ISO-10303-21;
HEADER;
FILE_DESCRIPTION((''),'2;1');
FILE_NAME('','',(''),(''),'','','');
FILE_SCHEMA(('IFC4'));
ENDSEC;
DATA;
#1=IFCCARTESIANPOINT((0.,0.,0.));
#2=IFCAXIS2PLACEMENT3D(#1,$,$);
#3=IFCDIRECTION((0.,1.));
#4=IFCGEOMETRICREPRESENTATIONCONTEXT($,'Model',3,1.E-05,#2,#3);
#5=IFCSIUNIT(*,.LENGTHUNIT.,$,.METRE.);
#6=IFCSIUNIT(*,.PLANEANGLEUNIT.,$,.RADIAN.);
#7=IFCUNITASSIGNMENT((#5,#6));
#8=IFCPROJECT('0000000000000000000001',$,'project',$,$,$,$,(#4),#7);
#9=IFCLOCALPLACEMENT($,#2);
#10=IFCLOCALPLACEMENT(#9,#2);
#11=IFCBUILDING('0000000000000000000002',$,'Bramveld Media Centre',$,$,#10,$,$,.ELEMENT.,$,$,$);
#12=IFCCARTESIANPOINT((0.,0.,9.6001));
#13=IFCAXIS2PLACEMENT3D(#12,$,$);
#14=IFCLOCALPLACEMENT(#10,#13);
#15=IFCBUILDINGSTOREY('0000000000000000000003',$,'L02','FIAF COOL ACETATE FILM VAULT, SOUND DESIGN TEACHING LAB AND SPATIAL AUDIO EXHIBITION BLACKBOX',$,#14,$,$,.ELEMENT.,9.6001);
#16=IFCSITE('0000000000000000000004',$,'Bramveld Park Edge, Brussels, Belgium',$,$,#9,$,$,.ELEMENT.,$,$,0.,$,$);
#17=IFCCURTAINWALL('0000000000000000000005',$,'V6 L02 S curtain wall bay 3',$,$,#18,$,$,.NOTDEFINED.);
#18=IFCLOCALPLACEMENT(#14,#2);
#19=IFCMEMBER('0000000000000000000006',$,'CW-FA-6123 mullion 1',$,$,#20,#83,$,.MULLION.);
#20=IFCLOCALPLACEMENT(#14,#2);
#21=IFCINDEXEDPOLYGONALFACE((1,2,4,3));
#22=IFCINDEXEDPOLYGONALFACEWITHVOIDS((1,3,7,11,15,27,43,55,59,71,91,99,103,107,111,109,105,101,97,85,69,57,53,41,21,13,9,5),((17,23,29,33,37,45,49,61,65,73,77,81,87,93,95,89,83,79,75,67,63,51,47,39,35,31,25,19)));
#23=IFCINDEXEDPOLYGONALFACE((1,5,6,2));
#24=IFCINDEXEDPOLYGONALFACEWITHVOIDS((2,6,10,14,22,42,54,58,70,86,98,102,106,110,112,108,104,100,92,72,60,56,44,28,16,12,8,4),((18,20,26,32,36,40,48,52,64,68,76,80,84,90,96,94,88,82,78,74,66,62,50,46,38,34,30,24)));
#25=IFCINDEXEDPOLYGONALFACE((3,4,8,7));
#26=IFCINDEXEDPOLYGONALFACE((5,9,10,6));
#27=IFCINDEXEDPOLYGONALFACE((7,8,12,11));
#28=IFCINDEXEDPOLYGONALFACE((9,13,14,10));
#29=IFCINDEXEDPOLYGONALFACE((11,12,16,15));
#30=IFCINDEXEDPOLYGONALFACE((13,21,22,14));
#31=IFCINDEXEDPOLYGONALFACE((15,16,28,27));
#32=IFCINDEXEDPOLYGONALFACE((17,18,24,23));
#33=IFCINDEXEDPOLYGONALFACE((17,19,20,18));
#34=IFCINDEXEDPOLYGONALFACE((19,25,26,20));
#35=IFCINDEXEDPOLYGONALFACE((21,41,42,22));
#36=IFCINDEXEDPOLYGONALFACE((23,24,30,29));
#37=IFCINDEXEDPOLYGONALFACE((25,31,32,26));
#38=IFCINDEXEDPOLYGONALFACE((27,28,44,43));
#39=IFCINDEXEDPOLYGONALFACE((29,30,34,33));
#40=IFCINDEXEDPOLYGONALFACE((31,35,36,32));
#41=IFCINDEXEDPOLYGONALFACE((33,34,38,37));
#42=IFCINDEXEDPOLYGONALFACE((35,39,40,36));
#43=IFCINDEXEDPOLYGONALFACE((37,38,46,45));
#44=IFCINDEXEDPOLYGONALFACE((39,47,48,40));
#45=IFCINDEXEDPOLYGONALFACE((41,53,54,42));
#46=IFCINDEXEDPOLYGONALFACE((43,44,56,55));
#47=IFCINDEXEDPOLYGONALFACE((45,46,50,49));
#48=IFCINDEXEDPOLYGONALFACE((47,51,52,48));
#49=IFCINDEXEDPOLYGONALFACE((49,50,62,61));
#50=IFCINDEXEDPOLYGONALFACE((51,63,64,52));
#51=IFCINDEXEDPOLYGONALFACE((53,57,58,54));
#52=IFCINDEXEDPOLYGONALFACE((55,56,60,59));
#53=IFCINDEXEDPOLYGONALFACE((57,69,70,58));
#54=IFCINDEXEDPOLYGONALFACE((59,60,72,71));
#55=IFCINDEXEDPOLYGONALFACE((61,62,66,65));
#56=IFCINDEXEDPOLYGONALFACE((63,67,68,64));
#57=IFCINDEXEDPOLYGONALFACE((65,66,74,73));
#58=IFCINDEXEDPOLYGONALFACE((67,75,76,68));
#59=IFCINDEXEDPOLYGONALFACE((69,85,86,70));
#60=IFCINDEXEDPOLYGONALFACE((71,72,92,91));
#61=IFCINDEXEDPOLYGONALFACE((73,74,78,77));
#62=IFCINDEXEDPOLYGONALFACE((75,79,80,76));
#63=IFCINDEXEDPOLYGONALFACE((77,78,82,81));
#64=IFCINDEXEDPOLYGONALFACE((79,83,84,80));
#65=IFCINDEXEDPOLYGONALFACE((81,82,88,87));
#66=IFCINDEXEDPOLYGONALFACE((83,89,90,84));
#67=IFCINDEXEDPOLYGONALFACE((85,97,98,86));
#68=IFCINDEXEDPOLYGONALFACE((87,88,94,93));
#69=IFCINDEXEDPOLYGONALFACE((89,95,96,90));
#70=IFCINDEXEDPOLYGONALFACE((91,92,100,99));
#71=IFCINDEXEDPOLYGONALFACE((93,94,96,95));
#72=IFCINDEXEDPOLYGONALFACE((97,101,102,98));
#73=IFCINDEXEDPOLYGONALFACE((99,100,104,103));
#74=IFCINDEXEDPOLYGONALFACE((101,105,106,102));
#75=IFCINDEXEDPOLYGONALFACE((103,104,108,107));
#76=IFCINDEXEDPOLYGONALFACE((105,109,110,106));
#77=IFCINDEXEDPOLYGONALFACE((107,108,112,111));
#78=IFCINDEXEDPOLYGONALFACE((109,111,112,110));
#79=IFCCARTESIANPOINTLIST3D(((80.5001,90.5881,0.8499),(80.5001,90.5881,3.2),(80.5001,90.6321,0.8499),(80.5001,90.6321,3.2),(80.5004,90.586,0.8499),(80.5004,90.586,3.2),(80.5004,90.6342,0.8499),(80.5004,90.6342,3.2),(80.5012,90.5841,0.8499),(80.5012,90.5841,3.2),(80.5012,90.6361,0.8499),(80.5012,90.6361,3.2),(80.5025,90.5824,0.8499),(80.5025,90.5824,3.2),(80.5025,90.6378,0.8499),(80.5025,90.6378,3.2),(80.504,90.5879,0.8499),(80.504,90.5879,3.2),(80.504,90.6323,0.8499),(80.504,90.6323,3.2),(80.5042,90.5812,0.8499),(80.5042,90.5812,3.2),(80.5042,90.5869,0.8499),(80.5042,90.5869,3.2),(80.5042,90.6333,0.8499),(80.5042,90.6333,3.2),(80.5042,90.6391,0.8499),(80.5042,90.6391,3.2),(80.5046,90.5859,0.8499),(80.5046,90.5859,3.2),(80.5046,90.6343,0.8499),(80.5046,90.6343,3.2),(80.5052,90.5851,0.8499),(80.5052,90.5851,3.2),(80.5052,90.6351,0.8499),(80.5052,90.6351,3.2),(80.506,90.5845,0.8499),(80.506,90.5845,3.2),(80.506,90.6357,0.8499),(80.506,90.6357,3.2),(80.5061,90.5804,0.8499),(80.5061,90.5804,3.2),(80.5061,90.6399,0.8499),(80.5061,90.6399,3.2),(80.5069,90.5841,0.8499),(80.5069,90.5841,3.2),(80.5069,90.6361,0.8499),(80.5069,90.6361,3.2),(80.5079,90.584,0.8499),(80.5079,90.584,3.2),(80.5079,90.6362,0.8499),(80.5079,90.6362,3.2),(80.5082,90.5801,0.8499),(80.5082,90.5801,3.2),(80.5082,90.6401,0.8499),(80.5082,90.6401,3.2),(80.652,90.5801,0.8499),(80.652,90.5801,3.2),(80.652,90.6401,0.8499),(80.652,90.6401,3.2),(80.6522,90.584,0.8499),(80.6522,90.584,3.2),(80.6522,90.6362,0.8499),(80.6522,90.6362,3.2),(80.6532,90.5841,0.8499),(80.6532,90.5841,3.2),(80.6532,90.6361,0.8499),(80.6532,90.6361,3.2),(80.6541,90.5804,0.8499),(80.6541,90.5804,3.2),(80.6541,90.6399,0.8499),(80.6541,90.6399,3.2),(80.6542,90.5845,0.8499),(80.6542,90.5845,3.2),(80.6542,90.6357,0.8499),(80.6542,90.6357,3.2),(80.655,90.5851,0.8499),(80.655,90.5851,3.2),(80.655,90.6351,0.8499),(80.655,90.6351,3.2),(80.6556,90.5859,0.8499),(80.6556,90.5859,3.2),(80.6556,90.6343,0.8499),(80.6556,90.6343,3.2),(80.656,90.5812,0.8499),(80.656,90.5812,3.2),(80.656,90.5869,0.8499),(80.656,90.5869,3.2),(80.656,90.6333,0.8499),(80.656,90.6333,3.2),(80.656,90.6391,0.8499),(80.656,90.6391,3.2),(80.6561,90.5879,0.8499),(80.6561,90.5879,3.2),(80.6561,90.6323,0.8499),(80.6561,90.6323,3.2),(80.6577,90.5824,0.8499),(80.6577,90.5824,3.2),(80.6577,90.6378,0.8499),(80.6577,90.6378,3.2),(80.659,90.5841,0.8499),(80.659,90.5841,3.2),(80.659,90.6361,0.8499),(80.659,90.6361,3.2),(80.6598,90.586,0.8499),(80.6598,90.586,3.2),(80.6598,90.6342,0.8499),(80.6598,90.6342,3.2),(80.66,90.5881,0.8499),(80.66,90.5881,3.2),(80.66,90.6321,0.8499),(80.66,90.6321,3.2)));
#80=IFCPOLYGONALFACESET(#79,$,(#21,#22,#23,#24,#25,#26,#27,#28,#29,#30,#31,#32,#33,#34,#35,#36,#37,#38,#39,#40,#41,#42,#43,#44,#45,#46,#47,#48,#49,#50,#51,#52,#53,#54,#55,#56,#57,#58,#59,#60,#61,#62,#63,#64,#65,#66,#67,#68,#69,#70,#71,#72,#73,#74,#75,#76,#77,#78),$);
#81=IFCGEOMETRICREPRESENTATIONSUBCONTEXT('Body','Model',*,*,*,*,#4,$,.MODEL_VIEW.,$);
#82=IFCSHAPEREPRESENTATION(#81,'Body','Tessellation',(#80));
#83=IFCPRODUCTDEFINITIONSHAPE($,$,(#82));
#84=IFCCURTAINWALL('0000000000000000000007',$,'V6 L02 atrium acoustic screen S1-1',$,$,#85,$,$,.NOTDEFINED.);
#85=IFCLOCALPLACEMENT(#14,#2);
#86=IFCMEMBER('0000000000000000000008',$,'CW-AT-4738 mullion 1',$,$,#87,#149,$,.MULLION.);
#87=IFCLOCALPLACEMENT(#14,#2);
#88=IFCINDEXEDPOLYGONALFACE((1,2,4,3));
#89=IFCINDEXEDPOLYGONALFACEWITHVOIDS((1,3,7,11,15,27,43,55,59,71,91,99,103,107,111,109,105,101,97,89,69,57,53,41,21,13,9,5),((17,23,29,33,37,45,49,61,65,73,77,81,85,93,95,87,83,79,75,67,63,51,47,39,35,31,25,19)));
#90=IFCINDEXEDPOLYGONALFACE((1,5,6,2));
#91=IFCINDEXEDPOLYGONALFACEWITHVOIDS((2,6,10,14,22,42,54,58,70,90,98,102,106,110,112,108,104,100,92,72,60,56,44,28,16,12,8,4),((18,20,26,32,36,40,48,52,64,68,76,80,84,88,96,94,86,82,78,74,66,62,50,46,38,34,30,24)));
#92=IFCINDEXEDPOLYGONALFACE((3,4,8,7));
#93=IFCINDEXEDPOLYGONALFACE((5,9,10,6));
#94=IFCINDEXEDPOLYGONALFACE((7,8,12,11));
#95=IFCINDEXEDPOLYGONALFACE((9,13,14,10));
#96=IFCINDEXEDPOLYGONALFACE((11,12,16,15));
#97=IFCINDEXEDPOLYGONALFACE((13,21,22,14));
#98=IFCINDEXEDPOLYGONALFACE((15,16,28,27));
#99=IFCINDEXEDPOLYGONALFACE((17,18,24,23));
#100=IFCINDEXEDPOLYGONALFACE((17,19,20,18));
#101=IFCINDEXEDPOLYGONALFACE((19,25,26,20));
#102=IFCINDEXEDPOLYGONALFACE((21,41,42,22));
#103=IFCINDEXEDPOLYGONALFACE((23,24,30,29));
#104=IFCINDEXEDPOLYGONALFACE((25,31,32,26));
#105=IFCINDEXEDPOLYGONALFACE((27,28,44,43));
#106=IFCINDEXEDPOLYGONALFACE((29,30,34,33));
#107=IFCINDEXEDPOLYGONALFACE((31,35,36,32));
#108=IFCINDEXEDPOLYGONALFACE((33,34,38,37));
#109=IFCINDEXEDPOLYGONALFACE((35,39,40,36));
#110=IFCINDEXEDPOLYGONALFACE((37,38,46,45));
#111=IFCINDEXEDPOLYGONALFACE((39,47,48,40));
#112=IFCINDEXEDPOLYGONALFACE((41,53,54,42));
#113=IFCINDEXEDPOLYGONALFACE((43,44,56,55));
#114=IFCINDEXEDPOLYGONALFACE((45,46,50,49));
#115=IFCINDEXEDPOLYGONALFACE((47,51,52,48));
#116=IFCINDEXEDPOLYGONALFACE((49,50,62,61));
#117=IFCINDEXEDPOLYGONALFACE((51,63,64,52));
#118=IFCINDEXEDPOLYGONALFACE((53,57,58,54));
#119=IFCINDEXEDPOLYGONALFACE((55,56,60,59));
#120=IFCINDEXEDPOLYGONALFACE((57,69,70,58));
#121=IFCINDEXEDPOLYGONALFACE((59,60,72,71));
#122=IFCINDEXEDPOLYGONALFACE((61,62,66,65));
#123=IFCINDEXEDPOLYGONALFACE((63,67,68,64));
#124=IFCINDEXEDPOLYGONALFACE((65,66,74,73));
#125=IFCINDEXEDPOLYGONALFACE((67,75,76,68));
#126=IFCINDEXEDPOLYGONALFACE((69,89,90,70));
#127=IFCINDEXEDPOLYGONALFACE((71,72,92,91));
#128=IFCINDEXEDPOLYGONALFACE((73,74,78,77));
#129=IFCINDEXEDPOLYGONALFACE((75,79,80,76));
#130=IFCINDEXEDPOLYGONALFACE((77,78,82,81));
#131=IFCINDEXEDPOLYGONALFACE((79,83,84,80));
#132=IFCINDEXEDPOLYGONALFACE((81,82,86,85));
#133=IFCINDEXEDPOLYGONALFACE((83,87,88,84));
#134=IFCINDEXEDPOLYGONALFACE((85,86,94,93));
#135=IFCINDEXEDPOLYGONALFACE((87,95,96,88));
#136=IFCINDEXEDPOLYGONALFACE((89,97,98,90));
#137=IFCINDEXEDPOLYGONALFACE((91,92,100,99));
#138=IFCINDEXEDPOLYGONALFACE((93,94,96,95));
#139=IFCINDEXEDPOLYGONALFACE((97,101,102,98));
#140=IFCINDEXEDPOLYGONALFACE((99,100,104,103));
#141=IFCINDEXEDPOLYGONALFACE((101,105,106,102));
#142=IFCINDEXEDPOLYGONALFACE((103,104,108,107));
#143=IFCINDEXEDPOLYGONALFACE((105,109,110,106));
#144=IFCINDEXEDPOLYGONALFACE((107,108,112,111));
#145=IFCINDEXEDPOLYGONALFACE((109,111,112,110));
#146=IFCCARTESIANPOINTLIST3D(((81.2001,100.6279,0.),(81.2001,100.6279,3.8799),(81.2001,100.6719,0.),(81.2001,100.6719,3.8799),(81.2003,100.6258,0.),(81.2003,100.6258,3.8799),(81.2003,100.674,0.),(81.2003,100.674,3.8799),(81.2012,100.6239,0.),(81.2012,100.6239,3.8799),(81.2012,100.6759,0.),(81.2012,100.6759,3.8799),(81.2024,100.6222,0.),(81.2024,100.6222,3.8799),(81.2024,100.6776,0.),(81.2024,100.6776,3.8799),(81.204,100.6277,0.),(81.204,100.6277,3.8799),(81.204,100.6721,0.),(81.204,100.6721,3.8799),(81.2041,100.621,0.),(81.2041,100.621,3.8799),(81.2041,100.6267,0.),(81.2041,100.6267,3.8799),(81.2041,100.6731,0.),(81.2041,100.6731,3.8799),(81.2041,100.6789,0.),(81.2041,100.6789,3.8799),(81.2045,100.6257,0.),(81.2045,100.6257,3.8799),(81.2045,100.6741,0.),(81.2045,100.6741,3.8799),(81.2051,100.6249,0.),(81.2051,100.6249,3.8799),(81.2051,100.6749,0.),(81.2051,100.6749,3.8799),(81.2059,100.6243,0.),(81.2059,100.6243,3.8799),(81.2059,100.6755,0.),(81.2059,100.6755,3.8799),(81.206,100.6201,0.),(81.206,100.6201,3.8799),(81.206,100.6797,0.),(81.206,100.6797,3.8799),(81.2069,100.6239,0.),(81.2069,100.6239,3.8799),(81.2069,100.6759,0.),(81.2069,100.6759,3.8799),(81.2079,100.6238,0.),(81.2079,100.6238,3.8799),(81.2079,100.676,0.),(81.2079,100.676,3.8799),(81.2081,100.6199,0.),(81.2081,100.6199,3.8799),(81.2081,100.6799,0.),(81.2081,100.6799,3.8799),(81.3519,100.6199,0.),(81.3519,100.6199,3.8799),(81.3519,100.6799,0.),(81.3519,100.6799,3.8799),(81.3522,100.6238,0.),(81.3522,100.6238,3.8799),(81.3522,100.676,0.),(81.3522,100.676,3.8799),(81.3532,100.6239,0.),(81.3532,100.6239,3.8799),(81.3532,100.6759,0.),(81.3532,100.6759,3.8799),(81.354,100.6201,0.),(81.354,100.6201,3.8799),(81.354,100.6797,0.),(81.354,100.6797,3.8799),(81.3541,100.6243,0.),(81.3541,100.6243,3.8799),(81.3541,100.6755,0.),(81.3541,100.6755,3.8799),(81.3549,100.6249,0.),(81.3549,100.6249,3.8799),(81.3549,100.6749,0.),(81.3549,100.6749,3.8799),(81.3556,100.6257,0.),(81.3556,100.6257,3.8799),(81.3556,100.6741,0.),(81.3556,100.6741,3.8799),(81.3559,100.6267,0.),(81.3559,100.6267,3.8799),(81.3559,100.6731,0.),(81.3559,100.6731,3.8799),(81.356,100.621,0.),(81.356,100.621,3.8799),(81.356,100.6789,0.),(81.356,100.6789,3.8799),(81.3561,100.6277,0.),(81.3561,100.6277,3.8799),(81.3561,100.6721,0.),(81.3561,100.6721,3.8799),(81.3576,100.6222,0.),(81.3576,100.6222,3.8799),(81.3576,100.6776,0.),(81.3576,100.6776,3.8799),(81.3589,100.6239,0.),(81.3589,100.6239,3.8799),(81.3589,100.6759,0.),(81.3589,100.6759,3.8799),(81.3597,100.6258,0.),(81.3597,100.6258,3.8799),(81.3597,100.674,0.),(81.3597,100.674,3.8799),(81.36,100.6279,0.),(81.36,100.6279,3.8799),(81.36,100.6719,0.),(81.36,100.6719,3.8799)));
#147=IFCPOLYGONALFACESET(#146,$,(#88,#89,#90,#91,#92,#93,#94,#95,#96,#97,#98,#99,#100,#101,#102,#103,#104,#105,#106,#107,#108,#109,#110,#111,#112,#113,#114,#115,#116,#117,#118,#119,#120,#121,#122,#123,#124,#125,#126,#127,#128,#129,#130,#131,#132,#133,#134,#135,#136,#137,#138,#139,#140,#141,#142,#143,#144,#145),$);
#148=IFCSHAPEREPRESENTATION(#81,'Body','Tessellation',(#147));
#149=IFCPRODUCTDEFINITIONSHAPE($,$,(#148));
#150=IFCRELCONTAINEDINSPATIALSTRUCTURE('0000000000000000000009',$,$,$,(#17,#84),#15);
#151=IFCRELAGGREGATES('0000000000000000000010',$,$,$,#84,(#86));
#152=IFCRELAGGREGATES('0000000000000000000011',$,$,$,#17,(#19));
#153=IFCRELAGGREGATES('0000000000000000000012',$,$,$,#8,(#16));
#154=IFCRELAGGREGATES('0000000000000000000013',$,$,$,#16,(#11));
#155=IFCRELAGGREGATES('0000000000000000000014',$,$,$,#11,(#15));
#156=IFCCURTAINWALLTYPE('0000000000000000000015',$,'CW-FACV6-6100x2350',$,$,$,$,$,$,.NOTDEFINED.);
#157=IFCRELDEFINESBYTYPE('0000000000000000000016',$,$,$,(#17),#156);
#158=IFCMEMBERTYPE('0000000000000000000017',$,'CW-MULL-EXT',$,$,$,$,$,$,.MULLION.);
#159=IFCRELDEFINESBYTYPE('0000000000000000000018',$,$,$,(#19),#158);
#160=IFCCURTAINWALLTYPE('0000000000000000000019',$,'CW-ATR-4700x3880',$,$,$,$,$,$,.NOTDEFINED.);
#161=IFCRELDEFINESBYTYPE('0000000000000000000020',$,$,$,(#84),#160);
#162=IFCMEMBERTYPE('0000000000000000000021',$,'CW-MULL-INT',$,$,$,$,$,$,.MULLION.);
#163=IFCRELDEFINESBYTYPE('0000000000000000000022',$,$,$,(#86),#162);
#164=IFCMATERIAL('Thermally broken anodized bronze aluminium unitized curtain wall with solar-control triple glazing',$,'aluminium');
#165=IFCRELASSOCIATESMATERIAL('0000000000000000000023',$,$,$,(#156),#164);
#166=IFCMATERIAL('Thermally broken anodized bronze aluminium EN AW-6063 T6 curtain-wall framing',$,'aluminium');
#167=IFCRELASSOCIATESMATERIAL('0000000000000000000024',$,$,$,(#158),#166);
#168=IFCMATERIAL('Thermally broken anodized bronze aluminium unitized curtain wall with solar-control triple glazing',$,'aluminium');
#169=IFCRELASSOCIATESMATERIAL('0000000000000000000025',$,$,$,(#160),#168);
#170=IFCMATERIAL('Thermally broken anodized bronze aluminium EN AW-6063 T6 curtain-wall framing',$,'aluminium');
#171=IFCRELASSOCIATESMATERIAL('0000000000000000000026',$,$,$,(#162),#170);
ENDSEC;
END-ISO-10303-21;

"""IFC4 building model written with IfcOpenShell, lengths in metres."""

from ifc_helpers import new_model, si_unit, direction, frame, origin, origin_2d, place, context, subcontext, project, spatial, hollow_rectangle, extrude, material, material_profile, profile_set, type_object, element, aggregate, save


model = new_model("IFC4")

# Units and contexts
model_context = context("Model", 3, precision=1e-05, world=origin(), true_north=direction((0.0, 1.0)))
body_context = subcontext(model_context, "Body", "Model", "MODEL_VIEW")
ifc_project = project(units=[si_unit("LENGTHUNIT", "METRE"), si_unit("PLANEANGLEUNIT", "RADIAN")], contexts=[model_context])

# Site, building, storey
site_placement = place(None, origin())
site = spatial("IfcSite", under=ifc_project, at=site_placement, Name="Bramveld Park Edge, Brussels, Belgium", CompositionType="ELEMENT", RefElevation=0.0)
building_placement = place(site_placement, origin())
building = spatial("IfcBuilding", under=site, at=building_placement, Name="Bramveld Media Centre", CompositionType="ELEMENT")
storey_placement = place(building_placement, frame((0.0, 0.0, 9.6001)))
storey = spatial("IfcBuildingStorey", under=building, at=storey_placement, Name="L02", Description="FIAF COOL ACETATE FILM VAULT, SOUND DESIGN TEACHING LAB AND SPATIAL AUDIO EXHIBITION BLACKBOX", CompositionType="ELEMENT", Elevation=9.6001)

# Shared definitions
ifc_material_1 = material(Name="Thermally broken anodized bronze aluminium unitized curtain wall with solar-control triple glazing", Category="aluminium")
curtain_wall_type_1 = type_object("IfcCurtainWallType", Name="CW-FACV6-6100x2350", PredefinedType="NOTDEFINED", material=ifc_material_1)
ifc_material_2 = material(Name="Thermally broken anodized bronze aluminium EN AW-6063 T6 curtain-wall framing", Category="aluminium")
ifc_material_profile_1 = material_profile(ifc_material_2, hollow_rectangle(XDim=0.0601, YDim=0.1599, WallThickness=0.0039, InnerFilletRadius=0.0039, OuterFilletRadius=0.0081, at=origin_2d()), Name="AL-MULL 60x160")
ifc_profile_set_1 = profile_set([ifc_material_profile_1], Name="Thermally broken anodized bronze aluminium EN AW-6063 T6 curtain-wall framing")
member_type_1 = type_object("IfcMemberType", Name="CW-MULL-EXT", PredefinedType="MULLION", material=ifc_profile_set_1)

# Curtain walls, members
curtain_wall_1_placement = place(storey_placement, origin())
curtain_wall_1 = element("IfcCurtainWall", 1, at=curtain_wall_1_placement, inside=storey, type_object=curtain_wall_type_1, Name="V6 L02 S curtain wall bay 3", PredefinedType="NOTDEFINED")
member_1_placement = place(storey_placement, frame((80.5801, 90.6101, 0.8499), z_axis=(0.0, 0.0, 1.0), x_axis=(0.0, 1.0, 0.0)))
member_1 = element("IfcMember", 2, at=member_1_placement, type_object=member_type_1, Name="CW-FA-6123 mullion 1", PredefinedType="MULLION", context=body_context, shape_type="SweptSolid", body=[
    extrude(hollow_rectangle(XDim=0.0601, YDim=0.1599, WallThickness=0.0039, InnerFilletRadius=0.0039, OuterFilletRadius=0.0081, at=origin_2d()), origin(), (0.0, 0.0, 1.0), 2.3501),
])
ifc_material_3 = material(Name="Thermally broken anodized bronze aluminium unitized curtain wall with solar-control triple glazing", Category="aluminium")
curtain_wall_type_2 = type_object("IfcCurtainWallType", Name="CW-ATR-4700x3880", PredefinedType="NOTDEFINED", material=ifc_material_3)
curtain_wall_2_placement = place(storey_placement, origin())
curtain_wall_2 = element("IfcCurtainWall", 3, at=curtain_wall_2_placement, inside=storey, type_object=curtain_wall_type_2, Name="V6 L02 atrium acoustic screen S1-1", PredefinedType="NOTDEFINED")
ifc_material_4 = material(Name="Thermally broken anodized bronze aluminium EN AW-6063 T6 curtain-wall framing", Category="aluminium")
ifc_material_profile_2 = material_profile(ifc_material_4, hollow_rectangle(XDim=0.0601, YDim=0.1599, WallThickness=0.0039, InnerFilletRadius=0.0039, OuterFilletRadius=0.0081, at=origin_2d()), Name="AL-MULL 60x160")
ifc_profile_set_2 = profile_set([ifc_material_profile_2], Name="Thermally broken anodized bronze aluminium EN AW-6063 T6 curtain-wall framing")
member_type_2 = type_object("IfcMemberType", Name="CW-MULL-INT", PredefinedType="MULLION", material=ifc_profile_set_2)
member_2_placement = place(storey_placement, frame((81.28, 100.6499, 0.0), z_axis=(0.0, 0.0, 1.0), x_axis=(0.0, 1.0, 0.0)))
member_2 = element("IfcMember", 4, at=member_2_placement, type_object=member_type_2, Name="CW-AT-4738 mullion 1", PredefinedType="MULLION", context=body_context, shape_type="SweptSolid", body=[
    extrude(hollow_rectangle(XDim=0.0601, YDim=0.1599, WallThickness=0.0039, InnerFilletRadius=0.0039, OuterFilletRadius=0.0081, at=origin_2d()), origin(), (0.0, 0.0, 1.0), 3.8799),
])
aggregate(curtain_wall_2, [member_2])

aggregate(curtain_wall_1, [member_1])

save(model, "model.ifc")
